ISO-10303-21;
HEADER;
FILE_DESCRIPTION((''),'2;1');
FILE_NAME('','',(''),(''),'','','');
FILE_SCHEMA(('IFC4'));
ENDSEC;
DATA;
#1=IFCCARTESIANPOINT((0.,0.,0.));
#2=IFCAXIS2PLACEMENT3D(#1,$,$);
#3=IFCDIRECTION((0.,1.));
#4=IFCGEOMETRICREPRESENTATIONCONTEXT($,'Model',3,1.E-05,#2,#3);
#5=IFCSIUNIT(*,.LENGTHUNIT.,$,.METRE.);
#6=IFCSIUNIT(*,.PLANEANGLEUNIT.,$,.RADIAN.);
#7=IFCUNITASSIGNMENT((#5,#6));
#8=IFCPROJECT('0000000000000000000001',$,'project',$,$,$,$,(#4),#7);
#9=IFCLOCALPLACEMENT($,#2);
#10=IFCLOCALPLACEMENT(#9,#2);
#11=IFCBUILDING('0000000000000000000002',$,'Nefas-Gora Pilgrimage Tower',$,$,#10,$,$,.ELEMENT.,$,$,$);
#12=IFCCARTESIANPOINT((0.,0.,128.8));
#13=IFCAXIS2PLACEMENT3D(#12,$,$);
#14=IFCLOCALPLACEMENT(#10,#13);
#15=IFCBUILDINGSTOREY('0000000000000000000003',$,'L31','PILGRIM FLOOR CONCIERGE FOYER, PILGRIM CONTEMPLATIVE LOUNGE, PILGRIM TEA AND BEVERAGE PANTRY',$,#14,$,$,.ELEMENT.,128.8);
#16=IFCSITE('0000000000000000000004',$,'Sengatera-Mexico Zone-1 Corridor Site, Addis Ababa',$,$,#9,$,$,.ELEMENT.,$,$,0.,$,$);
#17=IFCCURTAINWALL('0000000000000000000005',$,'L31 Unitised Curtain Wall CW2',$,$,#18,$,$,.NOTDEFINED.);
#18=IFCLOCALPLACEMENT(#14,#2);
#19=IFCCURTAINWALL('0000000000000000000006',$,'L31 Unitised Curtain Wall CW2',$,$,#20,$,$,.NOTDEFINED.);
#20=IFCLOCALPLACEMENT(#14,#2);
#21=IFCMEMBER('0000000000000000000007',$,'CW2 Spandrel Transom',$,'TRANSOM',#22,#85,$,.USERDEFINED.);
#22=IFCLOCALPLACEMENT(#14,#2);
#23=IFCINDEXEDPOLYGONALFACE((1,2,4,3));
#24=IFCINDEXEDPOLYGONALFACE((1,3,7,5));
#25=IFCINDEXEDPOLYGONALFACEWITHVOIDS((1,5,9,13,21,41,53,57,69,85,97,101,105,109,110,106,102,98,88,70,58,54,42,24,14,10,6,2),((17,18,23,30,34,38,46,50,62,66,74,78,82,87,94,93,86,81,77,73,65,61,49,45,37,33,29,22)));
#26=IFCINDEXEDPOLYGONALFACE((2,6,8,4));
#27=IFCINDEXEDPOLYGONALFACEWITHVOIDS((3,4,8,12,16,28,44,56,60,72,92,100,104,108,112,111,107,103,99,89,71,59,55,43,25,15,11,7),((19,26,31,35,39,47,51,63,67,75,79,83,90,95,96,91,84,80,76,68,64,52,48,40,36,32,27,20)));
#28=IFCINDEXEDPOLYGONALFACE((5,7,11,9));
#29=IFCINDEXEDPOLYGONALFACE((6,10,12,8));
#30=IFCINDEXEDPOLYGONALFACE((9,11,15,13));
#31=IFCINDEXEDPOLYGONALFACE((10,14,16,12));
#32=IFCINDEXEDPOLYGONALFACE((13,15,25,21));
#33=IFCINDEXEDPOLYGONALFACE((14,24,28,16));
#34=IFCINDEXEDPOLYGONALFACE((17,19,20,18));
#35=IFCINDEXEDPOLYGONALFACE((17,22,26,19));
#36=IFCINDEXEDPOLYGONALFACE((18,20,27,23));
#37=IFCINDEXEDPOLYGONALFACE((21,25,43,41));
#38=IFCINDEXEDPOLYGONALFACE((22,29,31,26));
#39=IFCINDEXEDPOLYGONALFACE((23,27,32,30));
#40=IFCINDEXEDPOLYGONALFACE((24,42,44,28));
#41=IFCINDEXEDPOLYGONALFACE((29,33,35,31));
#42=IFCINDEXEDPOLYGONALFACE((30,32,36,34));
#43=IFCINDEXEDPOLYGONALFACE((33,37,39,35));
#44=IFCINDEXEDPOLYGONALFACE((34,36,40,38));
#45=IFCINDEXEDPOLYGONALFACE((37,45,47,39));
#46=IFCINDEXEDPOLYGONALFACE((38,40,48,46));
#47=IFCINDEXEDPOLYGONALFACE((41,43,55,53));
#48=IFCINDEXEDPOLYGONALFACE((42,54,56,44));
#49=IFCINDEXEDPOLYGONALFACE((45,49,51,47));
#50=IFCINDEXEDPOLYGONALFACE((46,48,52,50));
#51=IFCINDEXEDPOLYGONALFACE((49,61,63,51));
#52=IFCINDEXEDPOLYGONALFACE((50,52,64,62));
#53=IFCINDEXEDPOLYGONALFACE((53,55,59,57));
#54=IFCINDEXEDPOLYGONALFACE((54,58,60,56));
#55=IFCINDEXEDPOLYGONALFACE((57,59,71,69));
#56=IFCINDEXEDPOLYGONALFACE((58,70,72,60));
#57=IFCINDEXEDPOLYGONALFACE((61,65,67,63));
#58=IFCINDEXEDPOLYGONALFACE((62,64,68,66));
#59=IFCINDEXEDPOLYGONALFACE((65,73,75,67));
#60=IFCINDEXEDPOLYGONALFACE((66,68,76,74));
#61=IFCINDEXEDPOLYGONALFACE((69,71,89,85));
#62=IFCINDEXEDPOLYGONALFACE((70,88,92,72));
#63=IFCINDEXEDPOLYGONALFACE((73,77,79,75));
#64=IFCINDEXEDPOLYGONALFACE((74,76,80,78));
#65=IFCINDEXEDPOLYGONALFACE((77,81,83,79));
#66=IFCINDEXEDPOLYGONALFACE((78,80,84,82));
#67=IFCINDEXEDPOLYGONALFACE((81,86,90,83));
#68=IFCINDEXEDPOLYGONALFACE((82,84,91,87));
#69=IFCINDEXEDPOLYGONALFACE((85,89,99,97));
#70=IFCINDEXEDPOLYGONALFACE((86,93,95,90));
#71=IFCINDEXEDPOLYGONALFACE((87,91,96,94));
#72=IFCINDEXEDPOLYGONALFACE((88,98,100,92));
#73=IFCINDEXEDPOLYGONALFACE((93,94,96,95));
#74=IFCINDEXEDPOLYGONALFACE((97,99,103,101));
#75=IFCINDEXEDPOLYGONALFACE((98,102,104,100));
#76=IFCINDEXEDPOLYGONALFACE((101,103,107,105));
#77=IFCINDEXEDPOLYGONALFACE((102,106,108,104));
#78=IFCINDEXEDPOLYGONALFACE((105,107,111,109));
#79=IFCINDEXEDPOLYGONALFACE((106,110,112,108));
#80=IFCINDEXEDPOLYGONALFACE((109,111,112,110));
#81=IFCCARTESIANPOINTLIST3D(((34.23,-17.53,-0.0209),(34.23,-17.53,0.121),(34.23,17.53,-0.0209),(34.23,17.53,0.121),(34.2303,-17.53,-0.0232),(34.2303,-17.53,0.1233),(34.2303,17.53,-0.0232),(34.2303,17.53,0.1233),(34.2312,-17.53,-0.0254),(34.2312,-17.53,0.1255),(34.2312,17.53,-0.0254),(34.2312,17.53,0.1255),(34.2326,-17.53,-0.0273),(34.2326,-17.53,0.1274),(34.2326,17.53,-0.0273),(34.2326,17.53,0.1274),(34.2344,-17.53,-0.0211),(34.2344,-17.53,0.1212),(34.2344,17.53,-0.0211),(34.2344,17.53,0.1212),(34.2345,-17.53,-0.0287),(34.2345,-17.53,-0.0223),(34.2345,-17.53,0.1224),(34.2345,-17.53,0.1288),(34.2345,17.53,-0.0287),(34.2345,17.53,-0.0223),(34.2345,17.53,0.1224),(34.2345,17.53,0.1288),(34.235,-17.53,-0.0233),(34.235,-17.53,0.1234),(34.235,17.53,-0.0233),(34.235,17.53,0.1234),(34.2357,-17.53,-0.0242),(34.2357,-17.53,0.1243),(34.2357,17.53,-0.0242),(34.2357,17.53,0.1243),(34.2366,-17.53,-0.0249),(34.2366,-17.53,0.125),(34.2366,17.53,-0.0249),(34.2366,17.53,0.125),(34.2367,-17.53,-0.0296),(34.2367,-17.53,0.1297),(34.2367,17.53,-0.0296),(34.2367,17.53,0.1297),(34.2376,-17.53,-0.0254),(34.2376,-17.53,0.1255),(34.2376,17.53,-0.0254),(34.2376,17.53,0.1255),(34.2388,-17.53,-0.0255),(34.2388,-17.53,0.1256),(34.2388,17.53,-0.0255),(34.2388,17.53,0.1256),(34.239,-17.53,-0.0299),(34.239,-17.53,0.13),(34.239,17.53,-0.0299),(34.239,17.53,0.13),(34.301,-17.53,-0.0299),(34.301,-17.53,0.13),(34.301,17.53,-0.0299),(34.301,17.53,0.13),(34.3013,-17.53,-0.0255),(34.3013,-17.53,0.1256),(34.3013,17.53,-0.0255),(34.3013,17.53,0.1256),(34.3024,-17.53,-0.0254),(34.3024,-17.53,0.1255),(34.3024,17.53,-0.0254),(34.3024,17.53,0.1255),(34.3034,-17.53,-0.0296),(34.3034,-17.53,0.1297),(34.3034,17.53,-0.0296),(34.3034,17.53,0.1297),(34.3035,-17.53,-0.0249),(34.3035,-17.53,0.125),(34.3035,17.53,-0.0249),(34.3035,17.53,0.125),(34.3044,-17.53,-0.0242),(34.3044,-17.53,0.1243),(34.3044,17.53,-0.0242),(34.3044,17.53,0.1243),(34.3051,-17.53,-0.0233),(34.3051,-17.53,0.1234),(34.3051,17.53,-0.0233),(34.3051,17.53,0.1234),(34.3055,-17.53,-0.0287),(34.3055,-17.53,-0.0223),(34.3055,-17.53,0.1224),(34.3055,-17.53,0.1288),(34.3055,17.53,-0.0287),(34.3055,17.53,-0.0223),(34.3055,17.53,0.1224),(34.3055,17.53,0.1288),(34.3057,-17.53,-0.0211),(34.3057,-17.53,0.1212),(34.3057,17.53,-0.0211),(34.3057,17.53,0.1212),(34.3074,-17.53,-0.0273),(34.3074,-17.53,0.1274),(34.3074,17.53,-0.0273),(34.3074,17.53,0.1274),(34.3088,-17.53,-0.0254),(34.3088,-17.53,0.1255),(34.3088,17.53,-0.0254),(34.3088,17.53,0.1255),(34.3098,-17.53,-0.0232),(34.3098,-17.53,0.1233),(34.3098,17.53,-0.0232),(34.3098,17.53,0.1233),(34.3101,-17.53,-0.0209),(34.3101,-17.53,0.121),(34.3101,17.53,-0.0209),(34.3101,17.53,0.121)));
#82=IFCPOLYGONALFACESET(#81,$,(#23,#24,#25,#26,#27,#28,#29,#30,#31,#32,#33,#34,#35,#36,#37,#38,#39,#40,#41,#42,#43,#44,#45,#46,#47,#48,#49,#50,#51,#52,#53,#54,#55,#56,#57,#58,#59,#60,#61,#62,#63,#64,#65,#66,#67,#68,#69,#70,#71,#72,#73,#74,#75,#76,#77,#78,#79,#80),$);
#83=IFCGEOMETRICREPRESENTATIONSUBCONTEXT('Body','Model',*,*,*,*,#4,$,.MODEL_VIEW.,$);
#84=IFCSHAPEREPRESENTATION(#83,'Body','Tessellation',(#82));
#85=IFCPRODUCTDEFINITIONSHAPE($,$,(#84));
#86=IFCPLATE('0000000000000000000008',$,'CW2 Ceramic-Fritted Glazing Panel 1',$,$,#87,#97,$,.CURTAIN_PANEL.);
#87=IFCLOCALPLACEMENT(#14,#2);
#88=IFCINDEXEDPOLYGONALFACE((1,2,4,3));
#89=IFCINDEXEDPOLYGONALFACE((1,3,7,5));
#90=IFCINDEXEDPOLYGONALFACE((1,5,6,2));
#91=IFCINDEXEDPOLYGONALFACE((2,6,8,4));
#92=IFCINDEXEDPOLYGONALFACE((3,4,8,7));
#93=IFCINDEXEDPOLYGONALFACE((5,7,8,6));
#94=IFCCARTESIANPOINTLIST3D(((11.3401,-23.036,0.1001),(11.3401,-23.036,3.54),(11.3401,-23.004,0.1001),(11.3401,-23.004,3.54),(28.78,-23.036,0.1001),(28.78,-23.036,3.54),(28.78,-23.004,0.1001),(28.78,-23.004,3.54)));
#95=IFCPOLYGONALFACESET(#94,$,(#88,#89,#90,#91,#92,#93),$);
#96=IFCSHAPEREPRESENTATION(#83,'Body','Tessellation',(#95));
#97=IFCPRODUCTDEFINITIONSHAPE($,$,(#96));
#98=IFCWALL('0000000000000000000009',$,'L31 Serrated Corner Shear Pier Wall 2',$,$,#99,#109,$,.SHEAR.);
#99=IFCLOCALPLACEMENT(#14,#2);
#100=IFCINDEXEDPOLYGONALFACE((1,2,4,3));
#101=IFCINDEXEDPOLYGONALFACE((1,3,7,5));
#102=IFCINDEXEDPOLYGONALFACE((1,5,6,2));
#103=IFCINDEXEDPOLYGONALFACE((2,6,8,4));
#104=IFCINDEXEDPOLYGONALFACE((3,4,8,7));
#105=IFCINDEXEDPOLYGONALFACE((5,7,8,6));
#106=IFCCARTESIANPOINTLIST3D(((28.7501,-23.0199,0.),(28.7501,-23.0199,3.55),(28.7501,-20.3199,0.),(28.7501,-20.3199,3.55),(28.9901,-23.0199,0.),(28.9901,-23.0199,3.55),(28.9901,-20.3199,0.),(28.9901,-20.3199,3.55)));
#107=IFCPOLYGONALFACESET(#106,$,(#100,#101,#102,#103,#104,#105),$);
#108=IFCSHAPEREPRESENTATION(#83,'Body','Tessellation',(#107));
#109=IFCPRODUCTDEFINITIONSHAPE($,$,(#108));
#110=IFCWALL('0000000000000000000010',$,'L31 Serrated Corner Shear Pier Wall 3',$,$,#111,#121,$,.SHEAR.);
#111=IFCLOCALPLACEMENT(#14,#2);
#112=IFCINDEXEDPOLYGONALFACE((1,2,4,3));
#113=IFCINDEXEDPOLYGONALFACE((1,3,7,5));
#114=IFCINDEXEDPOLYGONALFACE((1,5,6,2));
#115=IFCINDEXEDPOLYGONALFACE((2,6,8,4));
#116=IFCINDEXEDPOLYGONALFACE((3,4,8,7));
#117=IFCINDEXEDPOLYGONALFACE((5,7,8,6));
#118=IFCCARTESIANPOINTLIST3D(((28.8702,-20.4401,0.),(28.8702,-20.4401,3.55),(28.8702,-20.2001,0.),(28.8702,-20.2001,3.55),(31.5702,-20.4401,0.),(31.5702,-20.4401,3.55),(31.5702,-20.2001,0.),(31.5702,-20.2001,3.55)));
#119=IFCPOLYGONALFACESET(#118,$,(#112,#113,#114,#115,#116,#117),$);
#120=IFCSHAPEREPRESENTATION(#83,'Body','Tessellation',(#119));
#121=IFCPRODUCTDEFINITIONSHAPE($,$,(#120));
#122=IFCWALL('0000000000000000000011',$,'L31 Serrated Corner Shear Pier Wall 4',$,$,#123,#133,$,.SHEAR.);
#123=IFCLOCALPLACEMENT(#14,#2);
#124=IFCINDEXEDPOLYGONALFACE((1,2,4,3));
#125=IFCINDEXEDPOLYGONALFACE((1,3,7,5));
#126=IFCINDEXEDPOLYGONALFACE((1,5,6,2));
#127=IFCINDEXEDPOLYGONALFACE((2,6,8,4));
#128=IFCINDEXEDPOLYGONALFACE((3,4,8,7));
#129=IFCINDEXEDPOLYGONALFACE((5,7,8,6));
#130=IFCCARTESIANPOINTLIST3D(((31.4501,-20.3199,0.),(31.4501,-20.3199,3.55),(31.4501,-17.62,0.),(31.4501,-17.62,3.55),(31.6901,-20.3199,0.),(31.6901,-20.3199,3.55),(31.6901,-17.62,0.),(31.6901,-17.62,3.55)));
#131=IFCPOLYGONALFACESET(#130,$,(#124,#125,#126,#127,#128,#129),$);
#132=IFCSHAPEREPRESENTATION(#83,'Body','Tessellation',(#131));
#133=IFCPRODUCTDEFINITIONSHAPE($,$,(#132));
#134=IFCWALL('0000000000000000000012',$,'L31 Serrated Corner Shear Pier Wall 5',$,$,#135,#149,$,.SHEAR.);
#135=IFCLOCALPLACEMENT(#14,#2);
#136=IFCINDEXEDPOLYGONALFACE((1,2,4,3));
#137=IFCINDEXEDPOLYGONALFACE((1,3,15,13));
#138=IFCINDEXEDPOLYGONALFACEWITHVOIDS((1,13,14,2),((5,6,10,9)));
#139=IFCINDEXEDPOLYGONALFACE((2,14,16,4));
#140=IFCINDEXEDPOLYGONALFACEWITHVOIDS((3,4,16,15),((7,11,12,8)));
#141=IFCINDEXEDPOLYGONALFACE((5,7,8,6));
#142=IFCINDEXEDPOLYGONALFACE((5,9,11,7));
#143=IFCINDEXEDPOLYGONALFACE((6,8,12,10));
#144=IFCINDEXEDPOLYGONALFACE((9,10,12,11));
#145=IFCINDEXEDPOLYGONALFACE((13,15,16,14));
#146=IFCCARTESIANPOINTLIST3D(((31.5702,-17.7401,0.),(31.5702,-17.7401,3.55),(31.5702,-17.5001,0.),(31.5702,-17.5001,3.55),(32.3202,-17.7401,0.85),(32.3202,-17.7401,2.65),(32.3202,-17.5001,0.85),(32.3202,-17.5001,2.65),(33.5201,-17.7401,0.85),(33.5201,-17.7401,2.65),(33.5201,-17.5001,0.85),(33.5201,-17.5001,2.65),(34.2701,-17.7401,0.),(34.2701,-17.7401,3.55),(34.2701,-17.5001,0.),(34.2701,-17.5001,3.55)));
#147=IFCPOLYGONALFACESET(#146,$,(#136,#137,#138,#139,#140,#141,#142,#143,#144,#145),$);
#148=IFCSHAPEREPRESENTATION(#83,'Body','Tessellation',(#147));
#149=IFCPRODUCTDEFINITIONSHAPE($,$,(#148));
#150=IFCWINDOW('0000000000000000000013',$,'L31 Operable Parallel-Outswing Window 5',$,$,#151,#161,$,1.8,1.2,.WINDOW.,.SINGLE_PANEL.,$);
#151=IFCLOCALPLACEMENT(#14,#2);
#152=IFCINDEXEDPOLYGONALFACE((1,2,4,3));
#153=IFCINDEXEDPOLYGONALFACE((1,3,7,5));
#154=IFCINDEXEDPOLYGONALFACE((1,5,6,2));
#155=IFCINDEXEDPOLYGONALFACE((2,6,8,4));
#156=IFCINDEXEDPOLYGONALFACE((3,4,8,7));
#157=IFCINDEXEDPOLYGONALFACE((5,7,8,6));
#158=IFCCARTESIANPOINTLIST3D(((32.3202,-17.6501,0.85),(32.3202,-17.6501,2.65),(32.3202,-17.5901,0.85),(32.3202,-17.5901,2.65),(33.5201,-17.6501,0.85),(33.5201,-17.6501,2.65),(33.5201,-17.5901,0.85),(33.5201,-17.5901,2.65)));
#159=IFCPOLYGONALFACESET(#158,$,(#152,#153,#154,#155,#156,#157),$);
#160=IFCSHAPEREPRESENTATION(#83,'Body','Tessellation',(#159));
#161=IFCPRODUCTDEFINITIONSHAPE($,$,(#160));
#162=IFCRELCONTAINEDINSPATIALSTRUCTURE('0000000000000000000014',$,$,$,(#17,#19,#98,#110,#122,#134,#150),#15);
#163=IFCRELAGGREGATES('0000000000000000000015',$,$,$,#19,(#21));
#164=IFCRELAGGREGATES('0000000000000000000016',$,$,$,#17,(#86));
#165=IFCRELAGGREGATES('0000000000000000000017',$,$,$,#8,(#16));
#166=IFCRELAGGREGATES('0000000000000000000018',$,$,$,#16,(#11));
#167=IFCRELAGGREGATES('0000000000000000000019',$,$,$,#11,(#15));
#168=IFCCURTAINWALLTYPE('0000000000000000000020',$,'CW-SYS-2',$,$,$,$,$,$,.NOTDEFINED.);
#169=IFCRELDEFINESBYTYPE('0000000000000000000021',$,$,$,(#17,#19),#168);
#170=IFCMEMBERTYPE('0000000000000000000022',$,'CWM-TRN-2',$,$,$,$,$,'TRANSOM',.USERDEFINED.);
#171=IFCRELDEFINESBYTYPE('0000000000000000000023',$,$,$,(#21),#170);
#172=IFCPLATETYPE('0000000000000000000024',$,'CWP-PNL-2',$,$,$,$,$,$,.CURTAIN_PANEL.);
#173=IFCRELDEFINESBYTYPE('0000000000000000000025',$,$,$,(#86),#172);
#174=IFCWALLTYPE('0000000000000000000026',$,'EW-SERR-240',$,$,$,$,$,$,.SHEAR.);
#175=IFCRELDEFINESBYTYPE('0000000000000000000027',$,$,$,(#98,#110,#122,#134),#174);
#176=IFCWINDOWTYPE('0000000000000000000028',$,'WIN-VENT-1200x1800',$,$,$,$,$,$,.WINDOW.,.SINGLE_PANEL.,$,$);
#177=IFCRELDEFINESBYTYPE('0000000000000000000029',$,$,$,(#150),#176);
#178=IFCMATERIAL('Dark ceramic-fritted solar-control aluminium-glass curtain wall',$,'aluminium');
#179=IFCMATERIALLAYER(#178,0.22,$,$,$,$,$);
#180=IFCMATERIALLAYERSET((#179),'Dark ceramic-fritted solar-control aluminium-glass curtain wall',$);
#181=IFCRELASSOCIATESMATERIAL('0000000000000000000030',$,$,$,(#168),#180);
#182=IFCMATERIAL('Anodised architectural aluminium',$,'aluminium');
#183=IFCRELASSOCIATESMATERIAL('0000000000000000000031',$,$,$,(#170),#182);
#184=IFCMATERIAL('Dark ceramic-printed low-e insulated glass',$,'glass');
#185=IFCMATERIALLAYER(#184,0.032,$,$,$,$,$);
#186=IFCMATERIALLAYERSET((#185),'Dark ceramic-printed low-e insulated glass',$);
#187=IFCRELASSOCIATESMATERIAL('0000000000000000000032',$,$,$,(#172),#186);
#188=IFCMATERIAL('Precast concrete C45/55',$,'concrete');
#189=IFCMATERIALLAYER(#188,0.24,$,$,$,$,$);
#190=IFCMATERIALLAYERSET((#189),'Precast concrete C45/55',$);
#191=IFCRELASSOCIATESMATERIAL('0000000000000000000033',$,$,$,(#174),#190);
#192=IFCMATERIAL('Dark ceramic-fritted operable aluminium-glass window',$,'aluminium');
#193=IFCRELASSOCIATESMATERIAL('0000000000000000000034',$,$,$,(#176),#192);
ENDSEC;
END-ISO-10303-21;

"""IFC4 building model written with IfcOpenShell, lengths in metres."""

from ifc_helpers import new_model, si_unit, direction, frame, frame_2d, origin, origin_2d, place, context, subcontext, project, spatial, rectangle, hollow_rectangle, extrude, source, transform, mapped, material, layer, layer_set, material_profile, profile_set, type_object, element, fill, aggregate, save


model = new_model("IFC4")

# Units and contexts
model_context = context("Model", 3, precision=1e-05, world=origin(), true_north=direction((0.0, 1.0)))
body_context = subcontext(model_context, "Body", "Model", "MODEL_VIEW")
ifc_project = project(units=[si_unit("LENGTHUNIT", "METRE"), si_unit("PLANEANGLEUNIT", "RADIAN")], contexts=[model_context])

# Site, building, storey
site_placement = place(None, origin())
site = spatial("IfcSite", under=ifc_project, at=site_placement, Name="Sengatera-Mexico Zone-1 Corridor Site, Addis Ababa", CompositionType="ELEMENT", RefElevation=0.0)
building_placement = place(site_placement, origin())
building = spatial("IfcBuilding", under=site, at=building_placement, Name="Nefas-Gora Pilgrimage Tower", CompositionType="ELEMENT")
storey_placement = place(building_placement, frame((0.0, 0.0, 128.8)))
storey = spatial("IfcBuildingStorey", under=building, at=storey_placement, Name="L31", Description="PILGRIM FLOOR CONCIERGE FOYER, PILGRIM CONTEMPLATIVE LOUNGE, PILGRIM TEA AND BEVERAGE PANTRY", CompositionType="ELEMENT", Elevation=128.8)

# Curtain wall
ifc_material_1 = material(Name="Dark ceramic-fritted solar-control aluminium-glass curtain wall", Category="aluminium")
ifc_layer_1 = layer(ifc_material_1, 0.22)
ifc_layer_set_1 = layer_set([ifc_layer_1], Name="Dark ceramic-fritted solar-control aluminium-glass curtain wall")
curtain_wall_type = type_object("IfcCurtainWallType", Name="CW-SYS-2", PredefinedType="NOTDEFINED", material=ifc_layer_set_1)
curtain_wall_1_placement = place(storey_placement, origin())
curtain_wall_1 = element("IfcCurtainWall", 1, at=curtain_wall_1_placement, inside=storey, type_object=curtain_wall_type, Name="L31 Unitised Curtain Wall CW2", PredefinedType="NOTDEFINED")
ifc_material_2 = material(Name="Anodised architectural aluminium", Category="aluminium")

# Curtain wall, member
curtain_wall_2_placement = place(storey_placement, origin())
curtain_wall_2 = element("IfcCurtainWall", 2, at=curtain_wall_2_placement, inside=storey, type_object=curtain_wall_type, Name="L31 Unitised Curtain Wall CW2", PredefinedType="NOTDEFINED")
ifc_material_profile_1 = material_profile(ifc_material_2, hollow_rectangle(XDim=0.0801, YDim=0.1599, WallThickness=0.0044, InnerFilletRadius=0.0044, OuterFilletRadius=0.009, at=origin_2d()), Name="ALU TRANSOM 80x160")
ifc_profile_set_1 = profile_set([ifc_material_profile_1], Name="Anodised architectural aluminium")
member_type_1 = type_object("IfcMemberType", Name="CWM-TRN-2", ElementType="TRANSOM", PredefinedType="USERDEFINED", material=ifc_profile_set_1)
shared_shape_1 = source(origin(), body_context, "Body", "SweptSolid", [
    extrude(hollow_rectangle(XDim=0.0801, YDim=0.1599, WallThickness=0.0044, InnerFilletRadius=0.0044, OuterFilletRadius=0.009, at=origin_2d()), origin(), (0.0, 0.0, 1.0), 35.0601),
])
member_1_placement = place(storey_placement, frame((34.27, -17.53, 0.05), z_axis=(0.0, 1.0, 0.0), x_axis=(-1.0, 0.0, 0.0)))
member_1 = element("IfcMember", 3, at=member_1_placement, type_object=member_type_1, Name="CW2 Spandrel Transom", ObjectType="TRANSOM", PredefinedType="USERDEFINED", context=body_context, shape_type="MappedRepresentation", body=[
    mapped(shared_shape_1, transform((0.0, 0.0, 0.0), x_axis=(1.0, 0.0, 0.0), y_axis=(0.0, 1.0, 0.0), z_axis=(0.0, 0.0, 1.0), scale=1.0)),
])
aggregate(curtain_wall_2, [member_1])

# Plate
ifc_material_3 = material(Name="Dark ceramic-printed low-e insulated glass", Category="glass")
ifc_layer_2 = layer(ifc_material_3, 0.032)
ifc_layer_set_2 = layer_set([ifc_layer_2], Name="Dark ceramic-printed low-e insulated glass")
plate_type = type_object("IfcPlateType", Name="CWP-PNL-2", PredefinedType="CURTAIN_PANEL", material=ifc_layer_set_2)
shared_shape_2 = source(origin(), body_context, "Body", "SweptSolid", [
    extrude(rectangle(XDim=17.4399, YDim=0.032, at=origin_2d()), origin(), (0.0, 0.0, 1.0), 3.4399),
])
plate_placement = place(storey_placement, frame((20.0601, -23.02, 0.1001), z_axis=(0.0, 0.0, 1.0), x_axis=(1.0, 0.0, 0.0)))
plate = element("IfcPlate", 4, at=plate_placement, type_object=plate_type, Name="CW2 Ceramic-Fritted Glazing Panel 1", PredefinedType="CURTAIN_PANEL", context=body_context, shape_type="MappedRepresentation", body=[
    mapped(shared_shape_2, transform((0.0, 0.0, 0.0), x_axis=(1.0, 0.0, 0.0), y_axis=(0.0, 1.0, 0.0), z_axis=(0.0, 0.0, 1.0), scale=1.0)),
])
aggregate(curtain_wall_1, [plate])

# Walls
ifc_material_4 = material(Name="Precast concrete C45/55", Category="concrete")
ifc_layer_3 = layer(ifc_material_4, 0.24)
ifc_layer_set_3 = layer_set([ifc_layer_3], Name="Precast concrete C45/55")
wall_type_1 = type_object("IfcWallType", Name="EW-SERR-240", PredefinedType="SHEAR", material=ifc_layer_set_3)
shared_shape_3 = source(origin(), body_context, "Body", "SweptSolid", [
    extrude(rectangle(XDim=2.7, YDim=0.24, at=frame_2d((1.3501, 0.0))), origin(), (0.0, 0.0, 1.0), 3.55),
])
for number, where, z_axis, x_axis, name in (
    (5, (28.8701, -23.02, 0.0), (0.0, 0.0, 1.0), (0.0, 1.0, 0.0), "L31 Serrated Corner Shear Pier Wall 2"),
    (6, (28.8701, -20.3201, 0.0), (0.0, 0.0, 1.0), (1.0, 0.0, 0.0), "L31 Serrated Corner Shear Pier Wall 3"),
    (7, (31.5701, -20.3201, 0.0), (0.0, 0.0, 1.0), (0.0, 1.0, 0.0), "L31 Serrated Corner Shear Pier Wall 4"),
):
    element("IfcWall", number, at=place(storey_placement, frame(where, z_axis=z_axis, x_axis=x_axis)), inside=storey, type_object=wall_type_1, Name=name, PredefinedType="SHEAR", context=body_context, shape_type="MappedRepresentation", body=[
        mapped(shared_shape_3, transform((0.0, 0.0, 0.0), x_axis=(1.0, 0.0, 0.0), y_axis=(0.0, 1.0, 0.0), z_axis=(0.0, 0.0, 1.0), scale=1.0)),
    ])

# Wall, opening, window
wall_1_placement = place(storey_placement, frame((31.5701, -17.6201, 0.0), z_axis=(0.0, 0.0, 1.0), x_axis=(1.0, 0.0, 0.0)))
wall_1 = element("IfcWall", 8, at=wall_1_placement, inside=storey, type_object=wall_type_1, Name="L31 Serrated Corner Shear Pier Wall 5", PredefinedType="SHEAR", context=body_context, shape_type="MappedRepresentation", body=[
    mapped(shared_shape_3, transform((0.0, 0.0, 0.0), x_axis=(1.0, 0.0, 0.0), y_axis=(0.0, 1.0, 0.0), z_axis=(0.0, 0.0, 1.0), scale=1.0)),
])
opening_1_placement = place(wall_1_placement, frame((0.75, 0.0, 0.8501)))
opening_1 = element("IfcOpeningElement", 9, at=opening_1_placement, cuts=wall_1, PredefinedType="OPENING", context=body_context, shape_type="SweptSolid", body=[
    extrude(rectangle(XDim=1.2, YDim=1.8, at=frame_2d((0.6001, 0.8999))), frame((0.0, 0.1299, 0.0), z_axis=(0.0, -1.0, 0.0), x_axis=(1.0, 0.0, 0.0)), (0.0, 0.0, 1.0), 0.26),
])
ifc_material_5 = material(Name="Dark ceramic-fritted operable aluminium-glass window", Category="aluminium")
window_type = type_object("IfcWindowType", Name="WIN-VENT-1200x1800", PartitioningType="SINGLE_PANEL", PredefinedType="WINDOW", material=ifc_material_5)
shared_shape_4 = source(origin(), body_context, "Body", "SweptSolid", [
    extrude(rectangle(XDim=1.2, YDim=1.8, at=frame_2d((0.6001, 0.8999))), frame((0.0, 0.03, 0.0), z_axis=(0.0, -1.0, 0.0), x_axis=(1.0, 0.0, 0.0)), (0.0, 0.0, 1.0), 0.0601),
])
window_placement = place(opening_1_placement, origin())
window = element("IfcWindow", 10, at=window_placement, inside=storey, type_object=window_type, Name="L31 Operable Parallel-Outswing Window 5", OverallHeight=1.8, OverallWidth=1.2, PartitioningType="SINGLE_PANEL", PredefinedType="WINDOW", context=body_context, shape_type="MappedRepresentation", body=[
    mapped(shared_shape_4, transform((0.0, 0.0, 0.0), x_axis=(1.0, 0.0, 0.0), y_axis=(0.0, 1.0, 0.0), z_axis=(0.0, 0.0, 1.0), scale=1.0)),
])
fill(opening_1, window)

save(model, "model.ifc")
